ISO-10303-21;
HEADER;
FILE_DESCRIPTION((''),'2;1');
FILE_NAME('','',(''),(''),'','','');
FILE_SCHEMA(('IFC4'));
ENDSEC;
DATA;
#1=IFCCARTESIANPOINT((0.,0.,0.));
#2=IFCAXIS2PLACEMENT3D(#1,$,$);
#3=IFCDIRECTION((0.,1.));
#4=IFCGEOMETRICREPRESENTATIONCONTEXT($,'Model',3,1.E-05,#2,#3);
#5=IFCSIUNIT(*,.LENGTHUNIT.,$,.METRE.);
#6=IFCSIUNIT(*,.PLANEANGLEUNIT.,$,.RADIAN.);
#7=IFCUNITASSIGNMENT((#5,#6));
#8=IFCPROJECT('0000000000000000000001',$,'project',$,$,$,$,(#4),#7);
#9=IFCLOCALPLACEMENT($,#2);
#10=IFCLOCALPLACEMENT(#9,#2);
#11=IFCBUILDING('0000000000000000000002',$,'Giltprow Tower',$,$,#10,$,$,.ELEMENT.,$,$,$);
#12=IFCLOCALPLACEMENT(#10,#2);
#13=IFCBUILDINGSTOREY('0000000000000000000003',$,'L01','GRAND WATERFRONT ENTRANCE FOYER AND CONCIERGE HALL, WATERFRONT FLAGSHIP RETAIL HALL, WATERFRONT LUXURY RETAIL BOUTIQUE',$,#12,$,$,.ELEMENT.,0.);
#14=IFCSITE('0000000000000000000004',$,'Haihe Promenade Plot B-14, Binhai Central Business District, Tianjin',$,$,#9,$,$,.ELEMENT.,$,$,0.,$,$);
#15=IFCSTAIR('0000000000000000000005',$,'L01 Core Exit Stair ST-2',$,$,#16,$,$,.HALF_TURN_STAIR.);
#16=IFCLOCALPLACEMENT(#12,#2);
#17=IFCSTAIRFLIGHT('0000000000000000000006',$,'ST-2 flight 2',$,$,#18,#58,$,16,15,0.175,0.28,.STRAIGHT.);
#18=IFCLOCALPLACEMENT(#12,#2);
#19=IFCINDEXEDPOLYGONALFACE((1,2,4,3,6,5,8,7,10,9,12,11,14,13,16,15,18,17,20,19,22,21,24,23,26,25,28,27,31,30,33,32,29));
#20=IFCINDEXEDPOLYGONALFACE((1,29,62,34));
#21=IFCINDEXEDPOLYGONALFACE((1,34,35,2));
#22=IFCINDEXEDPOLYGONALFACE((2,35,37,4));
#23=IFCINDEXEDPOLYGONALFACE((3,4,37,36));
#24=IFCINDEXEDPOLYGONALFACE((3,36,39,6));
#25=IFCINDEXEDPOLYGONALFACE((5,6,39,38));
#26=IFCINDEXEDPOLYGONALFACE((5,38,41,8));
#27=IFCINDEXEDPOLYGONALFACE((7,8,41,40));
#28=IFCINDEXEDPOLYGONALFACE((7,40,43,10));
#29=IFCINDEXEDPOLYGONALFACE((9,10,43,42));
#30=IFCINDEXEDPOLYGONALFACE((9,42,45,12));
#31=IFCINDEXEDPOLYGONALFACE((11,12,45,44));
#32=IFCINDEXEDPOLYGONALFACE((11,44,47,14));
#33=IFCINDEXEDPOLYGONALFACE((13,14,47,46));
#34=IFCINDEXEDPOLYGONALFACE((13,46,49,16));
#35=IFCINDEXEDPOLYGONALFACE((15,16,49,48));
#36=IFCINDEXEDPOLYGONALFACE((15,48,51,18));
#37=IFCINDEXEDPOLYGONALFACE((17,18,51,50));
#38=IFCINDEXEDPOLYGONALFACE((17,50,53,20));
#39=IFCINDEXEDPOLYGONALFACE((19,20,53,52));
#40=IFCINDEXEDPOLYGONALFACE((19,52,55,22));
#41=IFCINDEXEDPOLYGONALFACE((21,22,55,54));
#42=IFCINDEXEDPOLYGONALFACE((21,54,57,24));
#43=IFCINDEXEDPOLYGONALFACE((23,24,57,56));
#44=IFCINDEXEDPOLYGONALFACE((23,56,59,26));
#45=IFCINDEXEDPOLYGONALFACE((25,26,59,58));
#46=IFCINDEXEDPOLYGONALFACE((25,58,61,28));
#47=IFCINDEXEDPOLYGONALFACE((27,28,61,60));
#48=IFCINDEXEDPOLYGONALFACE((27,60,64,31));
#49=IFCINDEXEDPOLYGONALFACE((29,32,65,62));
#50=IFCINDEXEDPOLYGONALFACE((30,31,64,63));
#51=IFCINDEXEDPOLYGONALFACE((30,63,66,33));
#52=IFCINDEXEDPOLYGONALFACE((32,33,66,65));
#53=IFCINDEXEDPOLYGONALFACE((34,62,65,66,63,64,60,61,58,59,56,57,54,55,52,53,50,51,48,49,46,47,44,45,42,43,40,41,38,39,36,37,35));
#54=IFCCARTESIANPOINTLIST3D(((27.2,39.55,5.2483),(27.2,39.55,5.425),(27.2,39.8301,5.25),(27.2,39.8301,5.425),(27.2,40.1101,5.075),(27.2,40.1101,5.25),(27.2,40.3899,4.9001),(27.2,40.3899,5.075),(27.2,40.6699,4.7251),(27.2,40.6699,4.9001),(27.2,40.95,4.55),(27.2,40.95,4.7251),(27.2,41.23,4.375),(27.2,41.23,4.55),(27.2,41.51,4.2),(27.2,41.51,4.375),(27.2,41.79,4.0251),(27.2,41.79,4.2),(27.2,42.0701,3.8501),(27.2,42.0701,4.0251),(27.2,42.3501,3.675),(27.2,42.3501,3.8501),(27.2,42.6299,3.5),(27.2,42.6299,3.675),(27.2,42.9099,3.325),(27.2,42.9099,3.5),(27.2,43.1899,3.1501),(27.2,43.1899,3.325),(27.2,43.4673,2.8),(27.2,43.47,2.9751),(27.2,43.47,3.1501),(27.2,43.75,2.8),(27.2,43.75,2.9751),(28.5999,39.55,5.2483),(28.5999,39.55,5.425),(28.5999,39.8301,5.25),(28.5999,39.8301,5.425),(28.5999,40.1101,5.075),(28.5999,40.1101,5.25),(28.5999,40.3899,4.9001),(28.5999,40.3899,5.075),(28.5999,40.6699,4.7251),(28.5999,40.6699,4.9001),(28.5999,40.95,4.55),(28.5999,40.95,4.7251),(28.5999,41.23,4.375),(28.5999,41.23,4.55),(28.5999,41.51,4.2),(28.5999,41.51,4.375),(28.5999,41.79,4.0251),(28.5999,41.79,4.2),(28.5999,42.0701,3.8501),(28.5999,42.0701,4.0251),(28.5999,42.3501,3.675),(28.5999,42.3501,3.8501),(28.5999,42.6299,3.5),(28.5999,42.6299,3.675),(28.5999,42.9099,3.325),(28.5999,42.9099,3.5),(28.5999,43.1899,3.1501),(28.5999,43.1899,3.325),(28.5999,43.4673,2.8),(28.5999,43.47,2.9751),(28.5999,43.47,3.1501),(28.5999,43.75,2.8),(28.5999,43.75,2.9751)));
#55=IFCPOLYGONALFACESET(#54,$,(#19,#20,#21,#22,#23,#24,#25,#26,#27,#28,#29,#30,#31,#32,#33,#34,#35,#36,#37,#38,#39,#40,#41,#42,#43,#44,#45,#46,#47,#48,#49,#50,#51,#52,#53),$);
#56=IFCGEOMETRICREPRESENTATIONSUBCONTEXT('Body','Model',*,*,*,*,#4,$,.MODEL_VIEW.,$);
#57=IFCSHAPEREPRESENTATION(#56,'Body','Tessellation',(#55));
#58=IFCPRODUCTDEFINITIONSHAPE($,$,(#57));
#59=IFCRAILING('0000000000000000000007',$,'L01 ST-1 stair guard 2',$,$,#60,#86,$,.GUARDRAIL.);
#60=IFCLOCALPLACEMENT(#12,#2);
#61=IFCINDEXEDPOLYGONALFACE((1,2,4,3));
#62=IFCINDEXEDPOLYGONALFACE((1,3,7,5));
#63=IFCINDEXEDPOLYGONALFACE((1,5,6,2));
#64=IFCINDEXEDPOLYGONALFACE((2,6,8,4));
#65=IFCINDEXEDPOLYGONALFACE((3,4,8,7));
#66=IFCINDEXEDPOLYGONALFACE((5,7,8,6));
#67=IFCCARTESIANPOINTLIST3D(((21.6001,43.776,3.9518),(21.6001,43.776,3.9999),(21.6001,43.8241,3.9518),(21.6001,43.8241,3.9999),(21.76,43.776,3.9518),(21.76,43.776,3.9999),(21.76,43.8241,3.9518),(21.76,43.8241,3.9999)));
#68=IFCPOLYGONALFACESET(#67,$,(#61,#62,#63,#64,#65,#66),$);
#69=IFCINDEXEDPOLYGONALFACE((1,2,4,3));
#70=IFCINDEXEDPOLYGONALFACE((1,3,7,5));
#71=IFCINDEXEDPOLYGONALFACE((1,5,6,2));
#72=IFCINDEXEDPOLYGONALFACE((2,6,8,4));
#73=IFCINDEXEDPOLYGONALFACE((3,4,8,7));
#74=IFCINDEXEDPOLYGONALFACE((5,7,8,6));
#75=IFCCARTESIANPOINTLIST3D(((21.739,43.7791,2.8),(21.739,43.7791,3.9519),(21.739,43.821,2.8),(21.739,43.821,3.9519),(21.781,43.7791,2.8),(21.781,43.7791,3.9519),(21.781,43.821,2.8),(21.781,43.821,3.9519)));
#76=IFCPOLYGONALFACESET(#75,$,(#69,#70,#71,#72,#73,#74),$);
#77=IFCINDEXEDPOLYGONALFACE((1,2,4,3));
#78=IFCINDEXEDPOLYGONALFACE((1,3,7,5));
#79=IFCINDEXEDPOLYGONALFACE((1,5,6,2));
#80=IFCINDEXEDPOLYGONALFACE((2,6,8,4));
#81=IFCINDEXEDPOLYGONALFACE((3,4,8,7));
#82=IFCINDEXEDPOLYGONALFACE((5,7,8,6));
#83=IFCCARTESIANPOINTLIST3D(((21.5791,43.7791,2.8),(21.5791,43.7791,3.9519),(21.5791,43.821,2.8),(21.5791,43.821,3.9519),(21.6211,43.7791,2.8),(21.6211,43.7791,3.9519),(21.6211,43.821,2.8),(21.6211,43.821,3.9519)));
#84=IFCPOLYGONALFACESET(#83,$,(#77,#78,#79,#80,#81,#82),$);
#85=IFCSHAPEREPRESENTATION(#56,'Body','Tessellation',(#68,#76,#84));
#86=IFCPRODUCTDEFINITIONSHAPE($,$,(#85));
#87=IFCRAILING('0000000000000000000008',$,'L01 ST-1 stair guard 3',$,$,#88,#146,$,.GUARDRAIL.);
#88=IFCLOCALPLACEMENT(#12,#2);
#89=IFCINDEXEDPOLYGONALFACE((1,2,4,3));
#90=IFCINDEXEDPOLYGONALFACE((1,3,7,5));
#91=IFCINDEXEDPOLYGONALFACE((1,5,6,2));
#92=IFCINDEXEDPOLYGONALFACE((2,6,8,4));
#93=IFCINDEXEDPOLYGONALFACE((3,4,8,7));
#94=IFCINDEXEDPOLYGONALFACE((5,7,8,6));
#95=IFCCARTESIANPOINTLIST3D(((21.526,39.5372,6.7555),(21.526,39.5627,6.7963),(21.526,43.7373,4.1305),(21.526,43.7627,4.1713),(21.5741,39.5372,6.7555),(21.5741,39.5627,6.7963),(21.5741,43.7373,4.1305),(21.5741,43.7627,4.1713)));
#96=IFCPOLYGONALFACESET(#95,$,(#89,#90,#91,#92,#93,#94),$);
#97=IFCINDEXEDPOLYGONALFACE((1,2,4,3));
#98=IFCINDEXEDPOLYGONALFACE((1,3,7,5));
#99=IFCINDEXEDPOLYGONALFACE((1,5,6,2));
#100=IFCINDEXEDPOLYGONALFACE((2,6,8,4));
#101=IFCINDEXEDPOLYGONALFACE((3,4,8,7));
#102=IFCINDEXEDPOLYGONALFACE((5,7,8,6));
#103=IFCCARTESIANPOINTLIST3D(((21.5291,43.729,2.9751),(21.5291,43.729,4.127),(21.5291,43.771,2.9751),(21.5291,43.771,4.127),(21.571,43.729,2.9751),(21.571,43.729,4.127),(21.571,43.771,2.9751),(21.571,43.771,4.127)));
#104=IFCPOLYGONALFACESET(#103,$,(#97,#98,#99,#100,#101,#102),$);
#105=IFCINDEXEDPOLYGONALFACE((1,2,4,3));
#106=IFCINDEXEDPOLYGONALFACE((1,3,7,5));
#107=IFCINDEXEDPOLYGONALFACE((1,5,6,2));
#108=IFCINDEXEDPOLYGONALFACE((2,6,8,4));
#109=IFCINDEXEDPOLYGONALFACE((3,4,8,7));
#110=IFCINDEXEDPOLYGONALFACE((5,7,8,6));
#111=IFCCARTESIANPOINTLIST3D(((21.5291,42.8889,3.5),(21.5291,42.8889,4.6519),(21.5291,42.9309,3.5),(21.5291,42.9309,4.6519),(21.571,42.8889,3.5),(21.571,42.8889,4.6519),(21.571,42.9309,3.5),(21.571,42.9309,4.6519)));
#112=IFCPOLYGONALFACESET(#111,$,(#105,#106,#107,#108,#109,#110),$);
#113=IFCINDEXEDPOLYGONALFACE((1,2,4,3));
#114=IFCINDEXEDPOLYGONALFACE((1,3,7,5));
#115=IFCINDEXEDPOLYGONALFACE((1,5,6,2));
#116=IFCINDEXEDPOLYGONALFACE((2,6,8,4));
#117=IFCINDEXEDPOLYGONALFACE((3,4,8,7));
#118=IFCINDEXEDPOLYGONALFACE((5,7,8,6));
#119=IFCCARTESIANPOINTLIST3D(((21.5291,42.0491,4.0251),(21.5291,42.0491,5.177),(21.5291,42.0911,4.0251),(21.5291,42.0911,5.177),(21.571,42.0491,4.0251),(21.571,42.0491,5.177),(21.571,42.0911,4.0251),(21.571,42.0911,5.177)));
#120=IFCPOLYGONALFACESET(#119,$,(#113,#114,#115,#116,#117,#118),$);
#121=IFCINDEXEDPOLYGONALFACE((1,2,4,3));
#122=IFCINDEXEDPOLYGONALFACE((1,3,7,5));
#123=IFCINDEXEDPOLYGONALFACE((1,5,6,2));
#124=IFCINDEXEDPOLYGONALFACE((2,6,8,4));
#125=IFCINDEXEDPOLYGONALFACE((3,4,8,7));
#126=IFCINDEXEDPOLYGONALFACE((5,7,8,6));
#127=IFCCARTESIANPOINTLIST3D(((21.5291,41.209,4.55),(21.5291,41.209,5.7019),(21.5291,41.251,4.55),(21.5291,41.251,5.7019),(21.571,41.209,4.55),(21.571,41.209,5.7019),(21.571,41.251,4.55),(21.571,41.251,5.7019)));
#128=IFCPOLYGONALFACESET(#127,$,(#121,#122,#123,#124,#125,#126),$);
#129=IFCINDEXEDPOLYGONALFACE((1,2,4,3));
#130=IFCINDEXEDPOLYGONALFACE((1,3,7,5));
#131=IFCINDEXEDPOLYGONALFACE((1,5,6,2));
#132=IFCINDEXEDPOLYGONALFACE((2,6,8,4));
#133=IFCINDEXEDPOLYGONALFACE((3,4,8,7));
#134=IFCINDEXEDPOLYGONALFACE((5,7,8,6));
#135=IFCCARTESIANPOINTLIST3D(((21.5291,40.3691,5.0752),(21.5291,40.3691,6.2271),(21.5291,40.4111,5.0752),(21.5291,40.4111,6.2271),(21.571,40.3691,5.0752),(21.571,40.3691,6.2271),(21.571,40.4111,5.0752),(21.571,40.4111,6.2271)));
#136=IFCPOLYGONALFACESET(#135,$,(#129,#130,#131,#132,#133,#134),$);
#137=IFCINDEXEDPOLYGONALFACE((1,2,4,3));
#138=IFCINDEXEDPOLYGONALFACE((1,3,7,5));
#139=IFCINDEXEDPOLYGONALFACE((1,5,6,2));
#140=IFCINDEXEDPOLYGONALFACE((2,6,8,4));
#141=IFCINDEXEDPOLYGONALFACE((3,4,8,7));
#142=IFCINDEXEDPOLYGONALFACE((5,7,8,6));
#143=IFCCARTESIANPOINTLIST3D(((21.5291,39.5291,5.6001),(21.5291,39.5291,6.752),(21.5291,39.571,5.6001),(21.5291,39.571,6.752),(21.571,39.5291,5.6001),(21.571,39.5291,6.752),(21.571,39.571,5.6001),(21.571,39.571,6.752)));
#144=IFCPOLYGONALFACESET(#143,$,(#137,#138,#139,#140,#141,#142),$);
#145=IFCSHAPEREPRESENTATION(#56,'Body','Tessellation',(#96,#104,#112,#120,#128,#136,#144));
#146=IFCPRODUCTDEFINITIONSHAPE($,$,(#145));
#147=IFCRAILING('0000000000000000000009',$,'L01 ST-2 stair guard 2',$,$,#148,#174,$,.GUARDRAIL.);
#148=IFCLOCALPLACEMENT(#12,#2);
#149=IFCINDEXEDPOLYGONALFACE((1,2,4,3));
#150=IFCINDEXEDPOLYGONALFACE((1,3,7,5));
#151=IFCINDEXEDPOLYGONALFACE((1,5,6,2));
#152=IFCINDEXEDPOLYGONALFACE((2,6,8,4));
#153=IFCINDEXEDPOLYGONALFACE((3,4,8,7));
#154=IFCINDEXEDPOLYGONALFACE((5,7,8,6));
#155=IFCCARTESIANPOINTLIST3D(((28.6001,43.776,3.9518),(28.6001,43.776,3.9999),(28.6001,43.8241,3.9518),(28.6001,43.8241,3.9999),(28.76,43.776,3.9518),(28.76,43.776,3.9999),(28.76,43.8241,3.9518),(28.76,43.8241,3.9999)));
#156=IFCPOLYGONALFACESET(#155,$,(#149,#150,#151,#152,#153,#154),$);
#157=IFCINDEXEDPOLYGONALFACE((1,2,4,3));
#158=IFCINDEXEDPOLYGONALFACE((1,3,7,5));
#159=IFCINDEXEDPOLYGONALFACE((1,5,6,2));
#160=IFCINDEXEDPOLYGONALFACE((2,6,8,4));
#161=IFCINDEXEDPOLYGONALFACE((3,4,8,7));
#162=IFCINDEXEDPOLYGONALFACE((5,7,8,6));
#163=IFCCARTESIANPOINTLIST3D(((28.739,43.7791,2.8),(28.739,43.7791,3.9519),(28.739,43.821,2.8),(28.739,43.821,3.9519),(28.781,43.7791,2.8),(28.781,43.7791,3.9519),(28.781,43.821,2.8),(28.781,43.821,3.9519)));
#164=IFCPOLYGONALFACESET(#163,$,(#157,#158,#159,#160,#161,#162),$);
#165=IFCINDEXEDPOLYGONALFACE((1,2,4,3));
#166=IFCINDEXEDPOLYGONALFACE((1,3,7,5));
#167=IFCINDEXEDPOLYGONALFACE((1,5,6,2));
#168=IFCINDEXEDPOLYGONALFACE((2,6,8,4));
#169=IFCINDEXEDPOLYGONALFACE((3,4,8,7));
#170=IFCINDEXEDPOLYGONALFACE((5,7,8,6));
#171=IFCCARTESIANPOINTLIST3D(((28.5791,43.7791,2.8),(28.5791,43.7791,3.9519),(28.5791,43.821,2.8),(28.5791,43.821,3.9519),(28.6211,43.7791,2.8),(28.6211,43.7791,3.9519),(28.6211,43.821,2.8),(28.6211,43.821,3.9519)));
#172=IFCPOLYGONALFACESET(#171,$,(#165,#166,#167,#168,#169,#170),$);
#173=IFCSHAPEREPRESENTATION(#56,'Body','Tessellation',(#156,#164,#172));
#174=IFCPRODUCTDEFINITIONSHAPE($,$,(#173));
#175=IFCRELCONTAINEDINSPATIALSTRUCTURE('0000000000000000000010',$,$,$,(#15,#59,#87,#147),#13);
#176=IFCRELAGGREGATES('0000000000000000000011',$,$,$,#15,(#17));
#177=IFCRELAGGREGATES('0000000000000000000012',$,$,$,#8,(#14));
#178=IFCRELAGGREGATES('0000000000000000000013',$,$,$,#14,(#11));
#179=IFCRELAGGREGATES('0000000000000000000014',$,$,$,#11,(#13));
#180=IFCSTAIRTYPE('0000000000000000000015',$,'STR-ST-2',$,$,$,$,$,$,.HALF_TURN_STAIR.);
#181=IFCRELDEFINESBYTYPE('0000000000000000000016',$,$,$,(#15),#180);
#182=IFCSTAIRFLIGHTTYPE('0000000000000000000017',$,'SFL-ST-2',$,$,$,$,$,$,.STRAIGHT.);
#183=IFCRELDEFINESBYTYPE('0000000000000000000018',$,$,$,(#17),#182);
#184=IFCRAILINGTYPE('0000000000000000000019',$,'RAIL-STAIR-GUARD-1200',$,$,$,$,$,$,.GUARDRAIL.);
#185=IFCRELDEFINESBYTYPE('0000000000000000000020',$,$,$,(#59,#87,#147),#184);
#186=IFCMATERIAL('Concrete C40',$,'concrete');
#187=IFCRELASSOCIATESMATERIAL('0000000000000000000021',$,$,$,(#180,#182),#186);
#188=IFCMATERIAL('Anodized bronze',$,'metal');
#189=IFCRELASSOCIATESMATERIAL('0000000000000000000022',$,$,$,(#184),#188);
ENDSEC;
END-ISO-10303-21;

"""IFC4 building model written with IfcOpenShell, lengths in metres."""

from ifc_helpers import new_model, si_unit, direction, frame, origin, origin_2d, place, context, subcontext, project, spatial, polyline, rectangle, outline, extrude, material, type_object, element, aggregate, save


model = new_model("IFC4")

# Units and contexts
model_context = context("Model", 3, precision=1e-05, world=origin(), true_north=direction((0.0, 1.0)))
body_context = subcontext(model_context, "Body", "Model", "MODEL_VIEW")
ifc_project = project(units=[si_unit("LENGTHUNIT", "METRE"), si_unit("PLANEANGLEUNIT", "RADIAN")], contexts=[model_context])

# Site, building, storey
site_placement = place(None, origin())
site = spatial("IfcSite", under=ifc_project, at=site_placement, Name="Haihe Promenade Plot B-14, Binhai Central Business District, Tianjin", CompositionType="ELEMENT", RefElevation=0.0)
building_placement = place(site_placement, origin())
building = spatial("IfcBuilding", under=site, at=building_placement, Name="Giltprow Tower", CompositionType="ELEMENT")
storey_placement = place(building_placement, origin())
storey = spatial("IfcBuildingStorey", under=building, at=storey_placement, Name="L01", Description="GRAND WATERFRONT ENTRANCE FOYER AND CONCIERGE HALL, WATERFRONT FLAGSHIP RETAIL HALL, WATERFRONT LUXURY RETAIL BOUTIQUE", CompositionType="ELEMENT", Elevation=0.0)

# Shared definitions
ifc_material_1 = material(Name="Concrete C40", Category="concrete")

# Stair, stair flight
stair_type_1 = type_object("IfcStairType", Name="STR-ST-2", PredefinedType="HALF_TURN_STAIR", material=ifc_material_1)
stair_1_placement = place(storey_placement, origin())
stair_1 = element("IfcStair", 1, at=stair_1_placement, inside=storey, type_object=stair_type_1, Name="L01 Core Exit Stair ST-2", PredefinedType="HALF_TURN_STAIR")
stair_flight_type_1 = type_object("IfcStairFlightType", Name="SFL-ST-2", PredefinedType="STRAIGHT", material=ifc_material_1)
stair_flight_1_placement = place(storey_placement, frame((27.8999, 43.75, 2.8), z_axis=(0.0, 0.0, 1.0), x_axis=(0.0, -1.0, 0.0)))
stair_flight_1 = element("IfcStairFlight", 2, at=stair_flight_1_placement, type_object=stair_flight_type_1, Name="ST-2 flight 2", NumberOfRisers=16, NumberOfTreads=15, PredefinedType="STRAIGHT", RiserHeight=0.175, TreadLength=0.28, context=body_context, shape_type="SweptSolid", body=[
    extrude(outline(polyline([(0.0, 0.0), (0.0, 0.175), (0.28, 0.175), (0.28, 0.3501), (0.5601, 0.3501), (0.5601, 0.5249), (0.8401, 0.5249), (0.8401, 0.7), (1.1201, 0.7), (1.1201, 0.875), (1.3999, 0.875), (1.3999, 1.05), (1.6799, 1.05), (1.6799, 1.2251), (1.96, 1.2251), (1.96, 1.3999), (2.24, 1.3999), (2.24, 1.575), (2.52, 1.575), (2.52, 1.75), (2.8, 1.75), (2.8, 1.925), (3.0801, 1.925), (3.0801, 2.1001), (3.3601, 2.1001), (3.3601, 2.2749), (3.6399, 2.2749), (3.6399, 2.45), (3.9199, 2.45), (3.9199, 2.625), (4.2, 2.625), (4.2, 2.8), (4.2, 2.4482), (0.2827, 0.0), (0.0, 0.0)])), frame((0.0, 0.7, 0.0), z_axis=(0.0, -1.0, 0.0), x_axis=(1.0, 0.0, 0.0)), (0.0, 0.0, 1.0), 1.3999),
])
aggregate(stair_1, [stair_flight_1])

# Railings
ifc_material_2 = material(Name="Anodized bronze", Category="metal")
railing_type_1 = type_object("IfcRailingType", Name="RAIL-STAIR-GUARD-1200", PredefinedType="GUARDRAIL", material=ifc_material_2)
railing_1_placement = place(storey_placement, frame((21.76, 43.8, 2.8)))
element("IfcRailing", 3, at=railing_1_placement, inside=storey, type_object=railing_type_1, Name="L01 ST-1 stair guard 2", PredefinedType="GUARDRAIL", context=body_context, shape_type="SweptSolid", body=[
    extrude(rectangle(XDim=0.0481, YDim=0.0481, at=origin_2d()), frame((0.0, 0.0, 1.1758), z_axis=(-1.0, 0.0, 0.0), x_axis=(0.0, -1.0, 0.0)), (0.0, 0.0, 1.0), 0.1599),
    extrude(rectangle(XDim=0.042, YDim=0.042, at=origin_2d()), origin(), (0.0, 0.0, 1.0), 1.1519),
    extrude(rectangle(XDim=0.042, YDim=0.042, at=origin_2d()), frame((-0.1599, 0.0, 0.0)), (0.0, 0.0, 1.0), 1.1519),
])
railing_2_placement = place(storey_placement, frame((21.55, 43.75, 2.9751)))
element("IfcRailing", 4, at=railing_2_placement, inside=storey, type_object=railing_type_1, Name="L01 ST-1 stair guard 3", PredefinedType="GUARDRAIL", context=body_context, shape_type="SweptSolid", body=[
    extrude(rectangle(XDim=0.0481, YDim=0.0481, at=origin_2d()), frame((0.0, 0.0, 1.1758), z_axis=(0.0, -0.847996, 0.530003), x_axis=(1.0, 0.0, 0.0)), (0.0, 0.0, 1.0), 4.9529),
    extrude(rectangle(XDim=0.042, YDim=0.042, at=origin_2d()), origin(), (0.0, 0.0, 1.0), 1.1519),
    extrude(rectangle(XDim=0.042, YDim=0.042, at=origin_2d()), frame((0.0, -0.8401, 0.5249)), (0.0, 0.0, 1.0), 1.1519),
    extrude(rectangle(XDim=0.042, YDim=0.042, at=origin_2d()), frame((0.0, -1.6799, 1.05)), (0.0, 0.0, 1.0), 1.1519),
    extrude(rectangle(XDim=0.042, YDim=0.042, at=origin_2d()), frame((0.0, -2.52, 1.575)), (0.0, 0.0, 1.0), 1.1519),
    extrude(rectangle(XDim=0.042, YDim=0.042, at=origin_2d()), frame((0.0, -3.3599, 2.1001)), (0.0, 0.0, 1.0), 1.1519),
    extrude(rectangle(XDim=0.042, YDim=0.042, at=origin_2d()), frame((0.0, -4.2, 2.625)), (0.0, 0.0, 1.0), 1.1519),
])
railing_3_placement = place(storey_placement, frame((28.76, 43.8, 2.8)))
element("IfcRailing", 5, at=railing_3_placement, inside=storey, type_object=railing_type_1, Name="L01 ST-2 stair guard 2", PredefinedType="GUARDRAIL", context=body_context, shape_type="SweptSolid", body=[
    extrude(rectangle(XDim=0.0481, YDim=0.0481, at=origin_2d()), frame((0.0, 0.0, 1.1758), z_axis=(-1.0, 0.0, 0.0), x_axis=(0.0, -1.0, 0.0)), (0.0, 0.0, 1.0), 0.1599),
    extrude(rectangle(XDim=0.042, YDim=0.042, at=origin_2d()), origin(), (0.0, 0.0, 1.0), 1.1519),
    extrude(rectangle(XDim=0.042, YDim=0.042, at=origin_2d()), frame((-0.1599, 0.0, 0.0)), (0.0, 0.0, 1.0), 1.1519),
])

save(model, "model.ifc")
